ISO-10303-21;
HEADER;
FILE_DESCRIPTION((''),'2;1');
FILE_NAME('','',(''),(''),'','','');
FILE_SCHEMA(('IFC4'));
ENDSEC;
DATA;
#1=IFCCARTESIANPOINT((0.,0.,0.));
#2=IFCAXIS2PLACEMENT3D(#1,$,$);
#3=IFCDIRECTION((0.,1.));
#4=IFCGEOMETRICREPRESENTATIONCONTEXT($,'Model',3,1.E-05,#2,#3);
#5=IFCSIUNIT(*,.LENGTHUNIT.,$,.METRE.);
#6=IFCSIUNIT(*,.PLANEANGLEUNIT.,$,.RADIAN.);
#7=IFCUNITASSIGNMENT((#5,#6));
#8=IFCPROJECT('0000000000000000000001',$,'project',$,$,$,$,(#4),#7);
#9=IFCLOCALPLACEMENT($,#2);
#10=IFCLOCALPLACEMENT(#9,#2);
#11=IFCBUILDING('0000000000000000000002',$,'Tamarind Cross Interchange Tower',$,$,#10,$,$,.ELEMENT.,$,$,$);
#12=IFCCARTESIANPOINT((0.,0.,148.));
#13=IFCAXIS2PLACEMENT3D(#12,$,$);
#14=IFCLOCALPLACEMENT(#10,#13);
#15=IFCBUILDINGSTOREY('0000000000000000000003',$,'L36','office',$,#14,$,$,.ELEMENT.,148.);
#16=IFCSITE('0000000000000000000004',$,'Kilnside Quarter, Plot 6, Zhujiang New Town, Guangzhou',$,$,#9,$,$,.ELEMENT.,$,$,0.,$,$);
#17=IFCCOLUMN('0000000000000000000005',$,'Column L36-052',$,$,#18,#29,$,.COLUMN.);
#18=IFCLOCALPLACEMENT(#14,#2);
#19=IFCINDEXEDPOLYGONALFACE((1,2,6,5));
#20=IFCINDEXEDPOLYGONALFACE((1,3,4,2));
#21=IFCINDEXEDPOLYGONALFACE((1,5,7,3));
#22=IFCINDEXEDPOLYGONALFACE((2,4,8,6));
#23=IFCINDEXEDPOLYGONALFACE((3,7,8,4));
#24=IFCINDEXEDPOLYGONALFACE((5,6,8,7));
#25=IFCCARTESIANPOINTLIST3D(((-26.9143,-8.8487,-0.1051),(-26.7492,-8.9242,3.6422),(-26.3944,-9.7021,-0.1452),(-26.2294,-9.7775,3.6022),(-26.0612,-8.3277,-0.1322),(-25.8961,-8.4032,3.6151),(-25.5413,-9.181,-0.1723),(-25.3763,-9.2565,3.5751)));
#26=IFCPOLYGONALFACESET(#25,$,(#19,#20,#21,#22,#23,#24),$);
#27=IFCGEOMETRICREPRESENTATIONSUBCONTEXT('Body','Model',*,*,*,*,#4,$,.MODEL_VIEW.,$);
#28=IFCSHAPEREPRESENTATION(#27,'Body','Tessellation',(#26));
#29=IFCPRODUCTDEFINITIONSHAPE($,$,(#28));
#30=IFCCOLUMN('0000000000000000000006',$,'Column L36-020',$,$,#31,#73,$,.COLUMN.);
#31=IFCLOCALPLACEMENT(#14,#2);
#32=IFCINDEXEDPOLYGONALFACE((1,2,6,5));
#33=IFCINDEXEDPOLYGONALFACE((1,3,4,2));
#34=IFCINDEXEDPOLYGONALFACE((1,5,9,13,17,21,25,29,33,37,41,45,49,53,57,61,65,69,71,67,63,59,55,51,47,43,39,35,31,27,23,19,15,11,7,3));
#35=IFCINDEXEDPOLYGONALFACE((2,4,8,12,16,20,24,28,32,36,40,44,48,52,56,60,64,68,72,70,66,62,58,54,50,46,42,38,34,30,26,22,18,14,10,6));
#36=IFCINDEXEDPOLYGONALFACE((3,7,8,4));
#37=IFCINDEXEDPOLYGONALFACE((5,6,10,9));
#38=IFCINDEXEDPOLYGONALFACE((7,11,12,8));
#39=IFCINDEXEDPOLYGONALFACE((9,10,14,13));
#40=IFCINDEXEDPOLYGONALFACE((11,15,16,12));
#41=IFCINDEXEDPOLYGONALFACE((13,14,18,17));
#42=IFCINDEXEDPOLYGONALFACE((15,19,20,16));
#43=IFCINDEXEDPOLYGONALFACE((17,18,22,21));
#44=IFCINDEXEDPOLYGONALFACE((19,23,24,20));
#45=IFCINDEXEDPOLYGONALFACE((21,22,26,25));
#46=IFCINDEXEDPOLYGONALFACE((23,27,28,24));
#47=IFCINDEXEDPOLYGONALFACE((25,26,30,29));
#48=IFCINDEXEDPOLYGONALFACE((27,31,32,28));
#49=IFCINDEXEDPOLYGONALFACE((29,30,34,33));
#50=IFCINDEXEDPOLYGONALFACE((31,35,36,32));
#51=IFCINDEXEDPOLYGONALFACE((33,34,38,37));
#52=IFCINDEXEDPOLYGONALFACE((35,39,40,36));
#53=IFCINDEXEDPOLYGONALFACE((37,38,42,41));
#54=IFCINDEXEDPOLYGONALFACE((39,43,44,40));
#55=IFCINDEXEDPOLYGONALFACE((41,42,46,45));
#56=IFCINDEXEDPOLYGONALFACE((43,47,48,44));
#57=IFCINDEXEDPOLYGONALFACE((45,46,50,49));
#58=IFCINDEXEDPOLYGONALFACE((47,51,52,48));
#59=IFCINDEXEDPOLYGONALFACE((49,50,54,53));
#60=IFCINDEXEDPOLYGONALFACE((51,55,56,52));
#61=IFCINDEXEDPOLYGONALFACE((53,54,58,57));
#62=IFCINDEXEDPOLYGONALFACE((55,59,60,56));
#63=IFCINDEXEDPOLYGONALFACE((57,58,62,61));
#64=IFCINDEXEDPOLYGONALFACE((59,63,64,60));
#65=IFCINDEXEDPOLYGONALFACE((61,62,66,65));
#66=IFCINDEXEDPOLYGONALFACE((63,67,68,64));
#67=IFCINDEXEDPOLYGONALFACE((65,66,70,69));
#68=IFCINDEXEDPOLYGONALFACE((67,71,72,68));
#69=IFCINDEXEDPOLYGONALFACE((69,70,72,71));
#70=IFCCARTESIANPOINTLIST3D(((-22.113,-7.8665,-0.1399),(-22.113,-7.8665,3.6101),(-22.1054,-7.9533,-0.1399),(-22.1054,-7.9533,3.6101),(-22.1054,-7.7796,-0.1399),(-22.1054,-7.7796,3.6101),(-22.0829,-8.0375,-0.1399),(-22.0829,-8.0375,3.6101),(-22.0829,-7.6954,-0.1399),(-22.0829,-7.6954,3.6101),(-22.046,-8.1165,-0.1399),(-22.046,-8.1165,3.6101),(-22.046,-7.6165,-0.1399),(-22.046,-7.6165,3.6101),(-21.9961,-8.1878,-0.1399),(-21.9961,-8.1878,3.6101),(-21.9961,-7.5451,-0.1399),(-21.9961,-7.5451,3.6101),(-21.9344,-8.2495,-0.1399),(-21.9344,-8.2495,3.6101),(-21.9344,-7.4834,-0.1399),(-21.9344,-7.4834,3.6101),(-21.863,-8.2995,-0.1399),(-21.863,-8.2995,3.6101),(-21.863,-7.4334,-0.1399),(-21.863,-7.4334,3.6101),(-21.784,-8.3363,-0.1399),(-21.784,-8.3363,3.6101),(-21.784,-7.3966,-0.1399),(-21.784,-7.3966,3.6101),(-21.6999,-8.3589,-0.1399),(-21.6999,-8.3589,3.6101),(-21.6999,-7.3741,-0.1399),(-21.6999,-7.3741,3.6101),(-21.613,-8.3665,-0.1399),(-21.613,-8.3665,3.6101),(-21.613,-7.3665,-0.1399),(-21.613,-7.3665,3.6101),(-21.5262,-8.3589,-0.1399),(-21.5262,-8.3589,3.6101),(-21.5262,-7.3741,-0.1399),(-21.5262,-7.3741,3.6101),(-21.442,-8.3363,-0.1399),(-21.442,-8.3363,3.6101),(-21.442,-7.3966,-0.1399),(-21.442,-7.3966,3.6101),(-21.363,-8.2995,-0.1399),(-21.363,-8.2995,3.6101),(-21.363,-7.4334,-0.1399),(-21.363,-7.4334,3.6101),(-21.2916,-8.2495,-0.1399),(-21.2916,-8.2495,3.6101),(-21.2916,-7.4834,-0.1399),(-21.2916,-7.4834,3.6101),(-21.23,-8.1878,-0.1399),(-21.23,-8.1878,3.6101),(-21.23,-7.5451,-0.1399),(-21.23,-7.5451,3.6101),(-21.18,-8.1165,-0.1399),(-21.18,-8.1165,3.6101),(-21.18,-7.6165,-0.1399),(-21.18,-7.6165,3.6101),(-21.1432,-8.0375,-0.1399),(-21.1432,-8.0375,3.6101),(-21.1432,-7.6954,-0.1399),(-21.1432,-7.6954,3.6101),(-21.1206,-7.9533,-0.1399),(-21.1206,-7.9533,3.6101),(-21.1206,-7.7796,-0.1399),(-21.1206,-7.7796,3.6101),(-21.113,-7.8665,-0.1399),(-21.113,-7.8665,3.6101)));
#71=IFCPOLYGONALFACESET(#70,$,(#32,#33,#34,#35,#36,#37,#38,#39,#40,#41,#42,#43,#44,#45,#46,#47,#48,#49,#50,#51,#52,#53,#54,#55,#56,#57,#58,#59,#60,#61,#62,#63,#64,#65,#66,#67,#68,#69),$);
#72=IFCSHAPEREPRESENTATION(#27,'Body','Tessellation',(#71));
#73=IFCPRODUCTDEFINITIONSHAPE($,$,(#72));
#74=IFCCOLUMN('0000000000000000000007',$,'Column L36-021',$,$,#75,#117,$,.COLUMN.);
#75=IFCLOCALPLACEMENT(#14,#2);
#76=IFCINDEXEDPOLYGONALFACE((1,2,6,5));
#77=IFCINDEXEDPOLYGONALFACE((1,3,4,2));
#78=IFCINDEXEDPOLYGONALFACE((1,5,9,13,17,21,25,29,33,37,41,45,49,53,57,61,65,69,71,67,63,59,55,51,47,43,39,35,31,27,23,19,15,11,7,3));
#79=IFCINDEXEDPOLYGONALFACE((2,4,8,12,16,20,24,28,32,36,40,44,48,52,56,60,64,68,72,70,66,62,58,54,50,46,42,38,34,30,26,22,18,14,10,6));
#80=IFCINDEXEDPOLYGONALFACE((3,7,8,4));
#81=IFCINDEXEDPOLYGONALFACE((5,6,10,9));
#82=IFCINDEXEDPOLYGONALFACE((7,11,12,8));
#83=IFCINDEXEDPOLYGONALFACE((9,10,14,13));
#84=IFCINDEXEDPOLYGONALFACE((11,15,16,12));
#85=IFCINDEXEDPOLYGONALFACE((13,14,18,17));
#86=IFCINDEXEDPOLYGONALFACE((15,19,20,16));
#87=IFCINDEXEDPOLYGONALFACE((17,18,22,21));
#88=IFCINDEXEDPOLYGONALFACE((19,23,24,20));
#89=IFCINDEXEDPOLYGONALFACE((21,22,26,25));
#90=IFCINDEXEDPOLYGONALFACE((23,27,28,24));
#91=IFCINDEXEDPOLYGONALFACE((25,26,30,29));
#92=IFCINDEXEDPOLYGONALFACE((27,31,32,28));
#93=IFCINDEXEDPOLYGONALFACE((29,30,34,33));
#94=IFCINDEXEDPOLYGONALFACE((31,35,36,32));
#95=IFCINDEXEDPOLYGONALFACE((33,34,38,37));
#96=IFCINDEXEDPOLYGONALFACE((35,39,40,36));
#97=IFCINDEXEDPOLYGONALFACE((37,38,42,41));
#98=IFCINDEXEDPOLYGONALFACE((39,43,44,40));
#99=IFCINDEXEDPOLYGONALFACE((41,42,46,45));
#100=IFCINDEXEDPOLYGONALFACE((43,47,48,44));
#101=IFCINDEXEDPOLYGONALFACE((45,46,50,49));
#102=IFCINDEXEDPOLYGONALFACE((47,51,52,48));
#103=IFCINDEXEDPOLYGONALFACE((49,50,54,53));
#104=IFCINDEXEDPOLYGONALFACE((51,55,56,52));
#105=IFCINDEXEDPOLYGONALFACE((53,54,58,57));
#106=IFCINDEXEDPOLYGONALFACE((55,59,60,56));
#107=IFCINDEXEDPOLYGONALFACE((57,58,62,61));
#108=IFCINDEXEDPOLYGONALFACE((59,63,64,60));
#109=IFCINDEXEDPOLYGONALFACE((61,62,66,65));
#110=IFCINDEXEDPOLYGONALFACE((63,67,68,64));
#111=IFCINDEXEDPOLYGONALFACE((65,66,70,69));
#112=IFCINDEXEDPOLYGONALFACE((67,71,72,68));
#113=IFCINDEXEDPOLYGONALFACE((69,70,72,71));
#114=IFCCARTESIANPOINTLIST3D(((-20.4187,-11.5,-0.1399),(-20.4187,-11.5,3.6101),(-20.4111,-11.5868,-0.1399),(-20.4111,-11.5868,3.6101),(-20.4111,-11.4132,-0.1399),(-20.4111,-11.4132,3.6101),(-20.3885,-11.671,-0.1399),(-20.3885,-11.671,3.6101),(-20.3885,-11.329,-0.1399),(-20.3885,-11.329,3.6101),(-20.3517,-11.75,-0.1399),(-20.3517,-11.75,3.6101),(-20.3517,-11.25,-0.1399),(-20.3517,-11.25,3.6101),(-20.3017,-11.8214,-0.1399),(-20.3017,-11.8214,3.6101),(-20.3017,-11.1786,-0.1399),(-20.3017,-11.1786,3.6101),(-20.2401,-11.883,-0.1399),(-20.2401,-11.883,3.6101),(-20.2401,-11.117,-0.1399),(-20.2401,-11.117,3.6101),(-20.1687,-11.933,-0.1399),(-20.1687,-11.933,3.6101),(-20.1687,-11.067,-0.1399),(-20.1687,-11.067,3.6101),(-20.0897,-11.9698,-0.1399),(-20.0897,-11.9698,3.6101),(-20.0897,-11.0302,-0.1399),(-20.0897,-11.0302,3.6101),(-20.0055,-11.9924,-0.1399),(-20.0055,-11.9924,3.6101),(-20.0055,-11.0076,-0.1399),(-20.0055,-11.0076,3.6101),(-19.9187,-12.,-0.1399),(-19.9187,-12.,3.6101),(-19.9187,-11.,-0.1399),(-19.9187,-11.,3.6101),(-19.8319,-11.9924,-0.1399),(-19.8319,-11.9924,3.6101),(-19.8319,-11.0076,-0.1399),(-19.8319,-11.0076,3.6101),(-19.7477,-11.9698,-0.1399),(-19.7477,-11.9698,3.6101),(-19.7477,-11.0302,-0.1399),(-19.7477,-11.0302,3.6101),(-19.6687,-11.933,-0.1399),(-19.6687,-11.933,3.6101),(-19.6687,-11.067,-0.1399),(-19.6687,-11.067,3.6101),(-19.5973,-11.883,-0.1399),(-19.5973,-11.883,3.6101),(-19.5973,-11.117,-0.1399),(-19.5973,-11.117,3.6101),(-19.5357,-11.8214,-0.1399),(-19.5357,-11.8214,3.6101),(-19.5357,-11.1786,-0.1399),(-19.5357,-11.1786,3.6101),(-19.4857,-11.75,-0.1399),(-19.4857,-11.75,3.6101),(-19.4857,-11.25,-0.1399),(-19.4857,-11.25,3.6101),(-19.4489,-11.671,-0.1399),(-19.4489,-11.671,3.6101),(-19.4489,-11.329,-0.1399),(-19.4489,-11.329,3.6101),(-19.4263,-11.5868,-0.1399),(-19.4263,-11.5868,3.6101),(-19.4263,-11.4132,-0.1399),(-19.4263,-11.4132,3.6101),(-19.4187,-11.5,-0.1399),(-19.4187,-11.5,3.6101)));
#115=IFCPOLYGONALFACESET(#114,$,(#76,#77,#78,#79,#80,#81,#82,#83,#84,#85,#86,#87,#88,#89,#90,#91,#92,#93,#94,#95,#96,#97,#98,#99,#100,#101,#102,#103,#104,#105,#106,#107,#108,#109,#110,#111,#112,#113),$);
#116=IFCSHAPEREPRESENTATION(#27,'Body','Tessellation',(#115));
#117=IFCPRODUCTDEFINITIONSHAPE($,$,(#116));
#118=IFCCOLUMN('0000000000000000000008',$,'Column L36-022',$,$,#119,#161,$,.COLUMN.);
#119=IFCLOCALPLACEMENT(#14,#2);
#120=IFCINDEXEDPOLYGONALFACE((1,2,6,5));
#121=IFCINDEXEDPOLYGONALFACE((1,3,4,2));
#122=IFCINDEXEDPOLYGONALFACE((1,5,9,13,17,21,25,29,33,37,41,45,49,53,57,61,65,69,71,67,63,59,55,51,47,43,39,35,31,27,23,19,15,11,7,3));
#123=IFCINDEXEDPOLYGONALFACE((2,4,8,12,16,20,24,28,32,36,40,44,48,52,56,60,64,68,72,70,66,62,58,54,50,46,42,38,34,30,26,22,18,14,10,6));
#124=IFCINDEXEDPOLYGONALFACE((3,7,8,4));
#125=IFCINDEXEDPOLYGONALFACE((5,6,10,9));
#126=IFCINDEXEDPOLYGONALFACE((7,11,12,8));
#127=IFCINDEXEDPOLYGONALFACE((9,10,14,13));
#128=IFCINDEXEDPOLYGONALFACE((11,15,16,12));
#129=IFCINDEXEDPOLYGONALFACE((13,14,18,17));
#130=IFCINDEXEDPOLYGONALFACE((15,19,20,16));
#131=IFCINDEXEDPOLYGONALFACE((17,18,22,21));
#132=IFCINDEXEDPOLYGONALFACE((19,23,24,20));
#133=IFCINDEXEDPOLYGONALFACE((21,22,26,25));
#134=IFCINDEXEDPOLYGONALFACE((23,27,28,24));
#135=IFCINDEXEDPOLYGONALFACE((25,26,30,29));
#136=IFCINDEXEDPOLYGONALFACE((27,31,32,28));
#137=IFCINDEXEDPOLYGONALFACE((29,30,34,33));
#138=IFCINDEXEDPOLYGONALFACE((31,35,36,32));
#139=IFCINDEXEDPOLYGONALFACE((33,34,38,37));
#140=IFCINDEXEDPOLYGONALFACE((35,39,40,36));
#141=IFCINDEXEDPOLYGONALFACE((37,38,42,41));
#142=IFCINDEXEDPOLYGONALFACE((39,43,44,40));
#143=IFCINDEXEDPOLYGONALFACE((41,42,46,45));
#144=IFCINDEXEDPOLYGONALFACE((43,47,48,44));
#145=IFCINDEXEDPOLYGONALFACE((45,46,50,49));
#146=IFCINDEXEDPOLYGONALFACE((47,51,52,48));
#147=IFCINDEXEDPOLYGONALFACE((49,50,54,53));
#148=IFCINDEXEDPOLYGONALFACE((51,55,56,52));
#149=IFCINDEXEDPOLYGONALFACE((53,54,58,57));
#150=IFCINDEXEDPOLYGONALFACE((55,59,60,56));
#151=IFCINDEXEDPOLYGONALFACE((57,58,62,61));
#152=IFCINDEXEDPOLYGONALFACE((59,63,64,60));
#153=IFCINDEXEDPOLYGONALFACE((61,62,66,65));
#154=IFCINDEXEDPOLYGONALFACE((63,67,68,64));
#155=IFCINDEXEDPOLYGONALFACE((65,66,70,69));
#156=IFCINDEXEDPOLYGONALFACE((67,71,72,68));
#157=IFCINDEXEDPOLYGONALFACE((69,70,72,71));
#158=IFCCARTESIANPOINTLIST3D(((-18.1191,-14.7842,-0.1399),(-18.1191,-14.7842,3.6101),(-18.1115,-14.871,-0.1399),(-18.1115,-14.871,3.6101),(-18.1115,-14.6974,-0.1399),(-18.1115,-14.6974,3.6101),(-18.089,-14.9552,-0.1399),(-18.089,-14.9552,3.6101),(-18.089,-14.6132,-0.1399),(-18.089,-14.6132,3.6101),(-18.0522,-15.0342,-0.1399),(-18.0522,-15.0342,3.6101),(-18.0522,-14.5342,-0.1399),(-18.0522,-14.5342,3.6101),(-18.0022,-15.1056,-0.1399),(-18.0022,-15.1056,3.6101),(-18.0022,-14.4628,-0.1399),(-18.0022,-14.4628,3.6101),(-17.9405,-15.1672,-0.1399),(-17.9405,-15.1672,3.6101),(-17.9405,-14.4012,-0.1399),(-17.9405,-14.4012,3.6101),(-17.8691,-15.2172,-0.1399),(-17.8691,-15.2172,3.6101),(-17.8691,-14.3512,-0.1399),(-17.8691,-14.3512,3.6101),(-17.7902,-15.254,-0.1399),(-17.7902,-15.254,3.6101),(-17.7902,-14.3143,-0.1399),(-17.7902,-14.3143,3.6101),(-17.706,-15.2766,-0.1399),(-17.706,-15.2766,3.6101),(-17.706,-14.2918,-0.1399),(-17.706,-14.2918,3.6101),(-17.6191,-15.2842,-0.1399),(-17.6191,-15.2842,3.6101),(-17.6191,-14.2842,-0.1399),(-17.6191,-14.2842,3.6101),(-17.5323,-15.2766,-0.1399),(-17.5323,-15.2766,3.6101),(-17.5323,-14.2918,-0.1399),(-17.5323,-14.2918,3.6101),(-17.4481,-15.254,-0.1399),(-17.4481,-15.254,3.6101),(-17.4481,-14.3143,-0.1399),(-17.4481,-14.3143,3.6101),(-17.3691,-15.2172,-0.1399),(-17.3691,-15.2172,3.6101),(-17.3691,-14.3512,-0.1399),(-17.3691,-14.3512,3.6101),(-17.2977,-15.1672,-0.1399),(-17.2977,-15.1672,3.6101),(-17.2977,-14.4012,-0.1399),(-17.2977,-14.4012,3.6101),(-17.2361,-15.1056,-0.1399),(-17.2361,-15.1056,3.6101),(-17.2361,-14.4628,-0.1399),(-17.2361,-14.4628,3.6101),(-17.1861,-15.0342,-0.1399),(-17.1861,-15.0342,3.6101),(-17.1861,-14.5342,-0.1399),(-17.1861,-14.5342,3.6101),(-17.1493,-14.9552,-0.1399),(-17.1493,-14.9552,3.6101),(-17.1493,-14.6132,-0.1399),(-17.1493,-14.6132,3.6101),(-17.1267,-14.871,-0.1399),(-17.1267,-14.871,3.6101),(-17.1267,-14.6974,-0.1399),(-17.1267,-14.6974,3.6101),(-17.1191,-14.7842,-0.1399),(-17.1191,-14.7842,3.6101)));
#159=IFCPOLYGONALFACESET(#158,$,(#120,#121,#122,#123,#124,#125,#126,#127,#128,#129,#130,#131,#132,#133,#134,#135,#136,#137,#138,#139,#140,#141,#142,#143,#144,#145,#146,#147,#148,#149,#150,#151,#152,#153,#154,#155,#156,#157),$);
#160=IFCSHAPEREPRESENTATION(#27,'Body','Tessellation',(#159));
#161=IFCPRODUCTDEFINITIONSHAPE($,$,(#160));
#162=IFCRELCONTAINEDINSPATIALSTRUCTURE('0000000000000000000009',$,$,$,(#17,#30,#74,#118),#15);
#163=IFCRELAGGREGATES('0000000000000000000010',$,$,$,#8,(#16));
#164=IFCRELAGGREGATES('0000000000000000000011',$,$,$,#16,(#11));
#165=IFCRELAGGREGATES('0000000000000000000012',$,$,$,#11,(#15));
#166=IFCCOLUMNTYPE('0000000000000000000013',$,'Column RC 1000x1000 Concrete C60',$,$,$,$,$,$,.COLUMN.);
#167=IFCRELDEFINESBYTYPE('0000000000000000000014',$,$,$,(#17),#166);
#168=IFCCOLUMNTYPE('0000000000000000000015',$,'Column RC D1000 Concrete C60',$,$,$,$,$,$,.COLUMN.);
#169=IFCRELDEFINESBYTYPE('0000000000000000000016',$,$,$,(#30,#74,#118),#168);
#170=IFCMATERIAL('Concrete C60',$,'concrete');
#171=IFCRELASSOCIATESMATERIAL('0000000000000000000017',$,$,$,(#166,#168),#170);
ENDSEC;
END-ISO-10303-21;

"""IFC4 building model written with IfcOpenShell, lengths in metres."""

from ifc_helpers import new_model, si_unit, direction, frame, origin, origin_2d, place, context, subcontext, project, spatial, rectangle, circle, extrude, material, material_profile, profile_set, type_object, element, save


model = new_model("IFC4")

# Units and contexts
model_context = context("Model", 3, precision=1e-05, world=origin(), true_north=direction((0.0, 1.0)))
body_context = subcontext(model_context, "Body", "Model", "MODEL_VIEW")
ifc_project = project(units=[si_unit("LENGTHUNIT", "METRE"), si_unit("PLANEANGLEUNIT", "RADIAN")], contexts=[model_context])

# Site, building, storey
site_placement = place(None, origin())
site = spatial("IfcSite", under=ifc_project, at=site_placement, Name="Kilnside Quarter, Plot 6, Zhujiang New Town, Guangzhou", CompositionType="ELEMENT", RefElevation=0.0)
building_placement = place(site_placement, origin())
building = spatial("IfcBuilding", under=site, at=building_placement, Name="Tamarind Cross Interchange Tower", CompositionType="ELEMENT")
storey_placement = place(building_placement, frame((0.0, 0.0, 148.0)))
storey = spatial("IfcBuildingStorey", under=building, at=storey_placement, Name="L36", Description="office", CompositionType="ELEMENT", Elevation=148.0)

# Columns
ifc_material_1 = material(Name="Concrete C60", Category="concrete")
ifc_material_profile_1 = material_profile(ifc_material_1, rectangle(XDim=1.0, YDim=1.0, at=origin_2d()), Name="RC 1000x1000")
ifc_profile_set_1 = profile_set([ifc_material_profile_1], Name="Concrete C60")
column_type_1 = type_object("IfcColumnType", Name="Column RC 1000x1000 Concrete C60", PredefinedType="COLUMN", material=ifc_profile_set_1)
column_placement = place(storey_placement, frame((-26.2278, -9.0149, -0.1387), z_axis=(0.04399, -0.020108, 0.99883), x_axis=(-0.519859, 0.853312, 0.040074)))
element("IfcColumn", 1, at=column_placement, inside=storey, type_object=column_type_1, Name="Column L36-052", PredefinedType="COLUMN", context=body_context, shape_type="SweptSolid", body=[
    extrude(rectangle(XDim=1.0, YDim=1.0, at=origin_2d()), origin(), (0.0, 0.0, 1.0), 3.7517),
])
ifc_material_profile_2 = material_profile(ifc_material_1, circle(Radius=0.5, at=origin_2d()), Name="RC D1000")
ifc_profile_set_2 = profile_set([ifc_material_profile_2], Name="Concrete C60")
column_type_2 = type_object("IfcColumnType", Name="Column RC D1000 Concrete C60", PredefinedType="COLUMN", material=ifc_profile_set_2)
for number, where, z_axis, x_axis, name in (
    (2, (-21.613, -7.8665, -0.1399), (0.0, 0.0, 1.0), (1.0, 0.0, 0.0), "Column L36-020"),
    (3, (-19.9187, -11.5, -0.1399), (0.0, 0.0, 1.0), (1.0, 0.0, 0.0), "Column L36-021"),
    (4, (-17.6191, -14.7842, -0.1399), (0.0, 0.0, 1.0), (1.0, 0.0, 0.0), "Column L36-022"),
):
    element("IfcColumn", number, at=place(storey_placement, frame(where, z_axis=z_axis, x_axis=x_axis)), inside=storey, type_object=column_type_2, Name=name, PredefinedType="COLUMN", context=body_context, shape_type="SweptSolid", body=[
        extrude(circle(Radius=0.5, at=origin_2d()), origin(), (0.0, 0.0, 1.0), 3.75),
    ])

save(model, "model.ifc")
